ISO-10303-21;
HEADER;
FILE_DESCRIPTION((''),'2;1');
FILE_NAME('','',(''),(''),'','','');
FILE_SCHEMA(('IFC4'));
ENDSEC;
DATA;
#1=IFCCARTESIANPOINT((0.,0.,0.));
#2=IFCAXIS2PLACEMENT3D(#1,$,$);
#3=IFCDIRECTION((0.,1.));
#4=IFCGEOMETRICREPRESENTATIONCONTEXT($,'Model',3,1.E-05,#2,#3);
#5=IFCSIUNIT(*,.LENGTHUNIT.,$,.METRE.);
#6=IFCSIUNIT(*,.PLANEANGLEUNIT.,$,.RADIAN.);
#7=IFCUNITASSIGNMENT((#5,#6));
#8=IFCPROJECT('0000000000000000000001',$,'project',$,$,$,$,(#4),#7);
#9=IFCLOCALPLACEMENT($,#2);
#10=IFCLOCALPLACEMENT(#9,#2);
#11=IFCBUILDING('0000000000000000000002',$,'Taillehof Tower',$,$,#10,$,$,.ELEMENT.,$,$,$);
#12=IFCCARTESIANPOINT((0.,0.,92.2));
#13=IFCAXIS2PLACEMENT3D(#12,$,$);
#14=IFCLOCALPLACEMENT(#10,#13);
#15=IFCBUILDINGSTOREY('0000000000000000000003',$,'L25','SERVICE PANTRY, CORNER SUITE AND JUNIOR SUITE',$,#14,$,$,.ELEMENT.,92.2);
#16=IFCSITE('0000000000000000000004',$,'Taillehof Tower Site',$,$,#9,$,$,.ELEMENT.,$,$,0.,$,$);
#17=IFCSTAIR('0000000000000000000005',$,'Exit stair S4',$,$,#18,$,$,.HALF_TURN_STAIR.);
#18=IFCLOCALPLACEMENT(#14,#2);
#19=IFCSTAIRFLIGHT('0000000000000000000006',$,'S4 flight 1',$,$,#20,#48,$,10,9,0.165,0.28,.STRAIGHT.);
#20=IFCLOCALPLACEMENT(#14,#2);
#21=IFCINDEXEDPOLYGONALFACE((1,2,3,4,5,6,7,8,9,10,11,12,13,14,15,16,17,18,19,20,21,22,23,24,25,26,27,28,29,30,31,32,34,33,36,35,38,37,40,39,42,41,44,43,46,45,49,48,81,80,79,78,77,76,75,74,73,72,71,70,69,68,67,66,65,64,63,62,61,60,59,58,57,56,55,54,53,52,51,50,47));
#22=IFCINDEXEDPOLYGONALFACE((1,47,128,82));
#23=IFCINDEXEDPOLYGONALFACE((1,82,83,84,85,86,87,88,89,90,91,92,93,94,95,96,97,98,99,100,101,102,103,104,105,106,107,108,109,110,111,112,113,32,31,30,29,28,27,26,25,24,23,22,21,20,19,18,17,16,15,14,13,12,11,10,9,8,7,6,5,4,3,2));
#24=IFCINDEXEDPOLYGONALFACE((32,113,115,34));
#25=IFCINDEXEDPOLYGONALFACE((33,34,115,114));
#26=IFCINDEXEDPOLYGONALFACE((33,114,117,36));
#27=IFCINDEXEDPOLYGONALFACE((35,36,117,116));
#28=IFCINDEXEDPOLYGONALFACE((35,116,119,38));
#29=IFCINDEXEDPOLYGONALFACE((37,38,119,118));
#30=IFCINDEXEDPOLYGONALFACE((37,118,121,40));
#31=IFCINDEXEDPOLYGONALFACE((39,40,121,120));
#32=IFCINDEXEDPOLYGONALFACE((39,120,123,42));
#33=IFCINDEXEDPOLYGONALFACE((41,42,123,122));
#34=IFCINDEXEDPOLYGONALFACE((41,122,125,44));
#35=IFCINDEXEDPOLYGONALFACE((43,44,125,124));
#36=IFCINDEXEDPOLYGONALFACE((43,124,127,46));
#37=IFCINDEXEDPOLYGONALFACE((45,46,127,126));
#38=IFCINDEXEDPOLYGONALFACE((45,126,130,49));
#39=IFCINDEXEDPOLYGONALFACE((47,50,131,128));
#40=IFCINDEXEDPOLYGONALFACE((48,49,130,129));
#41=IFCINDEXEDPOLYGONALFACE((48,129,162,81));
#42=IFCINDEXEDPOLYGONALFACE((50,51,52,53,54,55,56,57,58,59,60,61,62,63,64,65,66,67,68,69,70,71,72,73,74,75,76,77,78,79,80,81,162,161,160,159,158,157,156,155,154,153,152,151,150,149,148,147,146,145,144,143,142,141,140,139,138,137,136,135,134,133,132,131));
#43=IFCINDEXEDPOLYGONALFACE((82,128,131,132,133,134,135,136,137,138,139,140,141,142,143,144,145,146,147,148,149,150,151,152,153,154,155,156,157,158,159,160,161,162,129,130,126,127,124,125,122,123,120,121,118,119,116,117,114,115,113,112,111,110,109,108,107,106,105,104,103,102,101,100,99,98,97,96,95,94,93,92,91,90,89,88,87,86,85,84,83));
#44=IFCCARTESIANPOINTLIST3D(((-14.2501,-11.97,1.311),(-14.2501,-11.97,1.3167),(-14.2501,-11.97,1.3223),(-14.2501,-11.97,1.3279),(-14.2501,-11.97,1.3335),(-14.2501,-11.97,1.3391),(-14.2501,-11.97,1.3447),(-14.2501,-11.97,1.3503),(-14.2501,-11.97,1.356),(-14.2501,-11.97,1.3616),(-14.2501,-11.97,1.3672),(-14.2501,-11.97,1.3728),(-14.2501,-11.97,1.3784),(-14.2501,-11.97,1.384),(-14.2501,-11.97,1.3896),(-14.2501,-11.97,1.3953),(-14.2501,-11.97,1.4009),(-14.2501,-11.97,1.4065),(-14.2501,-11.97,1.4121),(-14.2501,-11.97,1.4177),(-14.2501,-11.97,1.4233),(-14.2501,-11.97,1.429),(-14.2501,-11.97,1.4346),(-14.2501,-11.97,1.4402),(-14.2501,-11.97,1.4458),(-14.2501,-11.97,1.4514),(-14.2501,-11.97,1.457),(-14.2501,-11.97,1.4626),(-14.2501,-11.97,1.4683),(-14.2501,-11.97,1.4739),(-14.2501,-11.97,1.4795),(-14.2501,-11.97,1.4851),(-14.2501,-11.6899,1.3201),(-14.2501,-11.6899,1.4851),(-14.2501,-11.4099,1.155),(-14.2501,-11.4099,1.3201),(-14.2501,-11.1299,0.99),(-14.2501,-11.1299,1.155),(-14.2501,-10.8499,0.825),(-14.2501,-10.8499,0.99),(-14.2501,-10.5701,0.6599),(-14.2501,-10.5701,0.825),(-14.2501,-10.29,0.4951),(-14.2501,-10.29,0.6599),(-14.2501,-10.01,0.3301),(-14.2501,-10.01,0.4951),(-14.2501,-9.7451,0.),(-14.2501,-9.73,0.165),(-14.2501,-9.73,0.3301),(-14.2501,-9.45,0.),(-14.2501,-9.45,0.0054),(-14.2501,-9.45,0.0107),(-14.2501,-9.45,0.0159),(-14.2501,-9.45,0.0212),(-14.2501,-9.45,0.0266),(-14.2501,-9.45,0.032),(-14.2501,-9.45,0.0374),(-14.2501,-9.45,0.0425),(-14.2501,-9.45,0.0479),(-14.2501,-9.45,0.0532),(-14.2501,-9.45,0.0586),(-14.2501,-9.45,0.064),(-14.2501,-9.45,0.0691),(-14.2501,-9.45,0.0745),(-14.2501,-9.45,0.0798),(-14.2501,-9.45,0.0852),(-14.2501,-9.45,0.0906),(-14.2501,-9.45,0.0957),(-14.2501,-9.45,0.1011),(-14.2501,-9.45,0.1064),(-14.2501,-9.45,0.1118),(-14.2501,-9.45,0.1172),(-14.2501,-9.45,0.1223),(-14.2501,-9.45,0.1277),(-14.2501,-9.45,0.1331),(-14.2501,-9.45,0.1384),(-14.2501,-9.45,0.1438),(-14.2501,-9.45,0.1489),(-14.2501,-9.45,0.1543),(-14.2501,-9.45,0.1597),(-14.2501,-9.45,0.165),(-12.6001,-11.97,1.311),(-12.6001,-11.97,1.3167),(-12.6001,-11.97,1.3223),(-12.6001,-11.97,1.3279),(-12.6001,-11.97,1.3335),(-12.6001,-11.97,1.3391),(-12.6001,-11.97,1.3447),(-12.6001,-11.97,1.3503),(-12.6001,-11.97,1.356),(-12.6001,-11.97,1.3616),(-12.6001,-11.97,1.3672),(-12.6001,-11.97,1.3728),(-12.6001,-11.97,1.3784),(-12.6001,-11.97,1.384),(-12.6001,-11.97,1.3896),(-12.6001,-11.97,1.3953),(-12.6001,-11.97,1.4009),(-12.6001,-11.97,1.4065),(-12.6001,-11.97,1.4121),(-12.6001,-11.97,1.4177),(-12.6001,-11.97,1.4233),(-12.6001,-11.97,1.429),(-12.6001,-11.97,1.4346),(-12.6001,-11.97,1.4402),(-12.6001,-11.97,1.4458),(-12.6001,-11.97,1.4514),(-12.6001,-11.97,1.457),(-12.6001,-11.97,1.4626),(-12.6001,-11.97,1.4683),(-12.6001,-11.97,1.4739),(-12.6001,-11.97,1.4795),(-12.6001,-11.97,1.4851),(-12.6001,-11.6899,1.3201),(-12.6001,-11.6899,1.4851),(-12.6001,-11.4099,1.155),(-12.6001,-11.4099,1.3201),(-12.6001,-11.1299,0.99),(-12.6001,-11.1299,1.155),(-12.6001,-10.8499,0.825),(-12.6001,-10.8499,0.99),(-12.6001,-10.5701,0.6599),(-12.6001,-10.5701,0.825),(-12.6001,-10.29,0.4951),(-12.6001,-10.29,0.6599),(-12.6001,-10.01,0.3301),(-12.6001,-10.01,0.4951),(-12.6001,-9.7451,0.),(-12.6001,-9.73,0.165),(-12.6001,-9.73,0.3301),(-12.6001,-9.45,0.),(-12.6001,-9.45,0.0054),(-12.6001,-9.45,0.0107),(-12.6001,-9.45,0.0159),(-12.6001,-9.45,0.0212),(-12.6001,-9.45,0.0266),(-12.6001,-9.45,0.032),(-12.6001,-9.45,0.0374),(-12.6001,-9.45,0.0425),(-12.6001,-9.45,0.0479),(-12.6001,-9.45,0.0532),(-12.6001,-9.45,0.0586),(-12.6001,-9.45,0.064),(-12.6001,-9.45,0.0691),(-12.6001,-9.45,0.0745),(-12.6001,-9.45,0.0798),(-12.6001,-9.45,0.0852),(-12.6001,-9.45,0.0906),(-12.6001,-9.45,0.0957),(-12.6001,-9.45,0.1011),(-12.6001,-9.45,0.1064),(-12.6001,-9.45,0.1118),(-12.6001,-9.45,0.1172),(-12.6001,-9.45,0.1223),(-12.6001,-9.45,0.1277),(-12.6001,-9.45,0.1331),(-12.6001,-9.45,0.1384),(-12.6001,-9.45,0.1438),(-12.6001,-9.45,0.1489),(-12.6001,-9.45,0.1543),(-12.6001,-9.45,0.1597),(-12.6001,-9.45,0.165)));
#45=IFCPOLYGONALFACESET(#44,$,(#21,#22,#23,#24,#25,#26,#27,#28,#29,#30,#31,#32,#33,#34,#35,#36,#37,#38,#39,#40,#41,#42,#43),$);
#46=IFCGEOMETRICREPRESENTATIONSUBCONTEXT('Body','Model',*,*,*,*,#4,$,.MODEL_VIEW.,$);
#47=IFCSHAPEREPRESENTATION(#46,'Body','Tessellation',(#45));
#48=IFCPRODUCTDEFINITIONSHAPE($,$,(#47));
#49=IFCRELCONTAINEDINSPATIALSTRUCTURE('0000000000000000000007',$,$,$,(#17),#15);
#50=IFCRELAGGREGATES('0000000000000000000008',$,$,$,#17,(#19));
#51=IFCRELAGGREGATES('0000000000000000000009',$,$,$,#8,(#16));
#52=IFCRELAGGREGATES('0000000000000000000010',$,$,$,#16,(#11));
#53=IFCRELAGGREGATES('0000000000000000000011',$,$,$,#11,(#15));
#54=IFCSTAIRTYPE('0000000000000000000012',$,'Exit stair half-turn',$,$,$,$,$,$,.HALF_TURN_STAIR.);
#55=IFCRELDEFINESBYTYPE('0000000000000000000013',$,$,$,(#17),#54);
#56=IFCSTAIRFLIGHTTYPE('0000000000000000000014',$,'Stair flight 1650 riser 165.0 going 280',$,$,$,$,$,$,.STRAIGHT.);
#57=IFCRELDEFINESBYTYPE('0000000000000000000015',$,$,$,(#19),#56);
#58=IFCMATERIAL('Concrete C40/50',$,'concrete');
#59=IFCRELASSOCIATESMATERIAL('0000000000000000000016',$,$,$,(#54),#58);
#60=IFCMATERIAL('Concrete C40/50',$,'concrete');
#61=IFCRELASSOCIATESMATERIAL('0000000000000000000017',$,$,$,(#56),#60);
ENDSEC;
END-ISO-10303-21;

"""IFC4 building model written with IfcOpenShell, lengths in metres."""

from ifc_helpers import new_model, si_unit, direction, frame, origin, place, context, subcontext, project, spatial, polyline, outline, extrude, material, type_object, element, aggregate, save


model = new_model("IFC4")

# Units and contexts
model_context = context("Model", 3, precision=1e-05, world=origin(), true_north=direction((0.0, 1.0)))
body_context = subcontext(model_context, "Body", "Model", "MODEL_VIEW")
ifc_project = project(units=[si_unit("LENGTHUNIT", "METRE"), si_unit("PLANEANGLEUNIT", "RADIAN")], contexts=[model_context])

# Site, building, storey
site_placement = place(None, origin())
site = spatial("IfcSite", under=ifc_project, at=site_placement, Name="Taillehof Tower Site", CompositionType="ELEMENT", RefElevation=0.0)
building_placement = place(site_placement, origin())
building = spatial("IfcBuilding", under=site, at=building_placement, Name="Taillehof Tower", CompositionType="ELEMENT")
storey_placement = place(building_placement, frame((0.0, 0.0, 92.2)))
storey = spatial("IfcBuildingStorey", under=building, at=storey_placement, Name="L25", Description="SERVICE PANTRY, CORNER SUITE AND JUNIOR SUITE", CompositionType="ELEMENT", Elevation=92.2)

# Stair, stair flight
ifc_material_1 = material(Name="Concrete C40/50", Category="concrete")
stair_type = type_object("IfcStairType", Name="Exit stair half-turn", PredefinedType="HALF_TURN_STAIR", material=ifc_material_1)
stair_placement = place(storey_placement, origin())
stair = element("IfcStair", 1, at=stair_placement, inside=storey, type_object=stair_type, Name="Exit stair S4", PredefinedType="HALF_TURN_STAIR")
ifc_material_2 = material(Name="Concrete C40/50", Category="concrete")
stair_flight_type = type_object("IfcStairFlightType", Name="Stair flight 1650 riser 165.0 going 280", PredefinedType="STRAIGHT", material=ifc_material_2)
stair_flight_placement = place(storey_placement, frame((-13.425, -9.45, 0.0), z_axis=(0.0, 0.0, 1.0), x_axis=(0.0, -1.0, 0.0)))
stair_flight = element("IfcStairFlight", 2, at=stair_flight_placement, type_object=stair_flight_type, Name="S4 flight 1", NumberOfRisers=10, NumberOfTreads=9, PredefinedType="STRAIGHT", RiserHeight=0.165, TreadLength=0.28, context=body_context, shape_type="SweptSolid", body=[
    extrude(outline(polyline([(0.0, 0.0), (0.0, 0.0054), (0.0, 0.0107), (0.0, 0.0159), (0.0, 0.0212), (0.0, 0.0266), (0.0, 0.032), (0.0, 0.0374), (0.0, 0.0425), (0.0, 0.0479), (0.0, 0.0532), (0.0, 0.0586), (0.0, 0.064), (0.0, 0.0691), (0.0, 0.0745), (0.0, 0.0798), (0.0, 0.0852), (0.0, 0.0906), (0.0, 0.0957), (0.0, 0.1011), (0.0, 0.1064), (0.0, 0.1118), (0.0, 0.1172), (0.0, 0.1223), (0.0, 0.1277), (0.0, 0.1331), (0.0, 0.1384), (0.0, 0.1438), (0.0, 0.1489), (0.0, 0.1543), (0.0, 0.1597), (0.0, 0.165), (0.28, 0.165), (0.28, 0.3301), (0.5601, 0.3301), (0.5601, 0.4951), (0.8401, 0.4951), (0.8401, 0.6599), (1.1201, 0.6599), (1.1201, 0.825), (1.3999, 0.825), (1.3999, 0.99), (1.6799, 0.99), (1.6799, 1.155), (1.96, 1.155), (1.96, 1.3201), (2.24, 1.3201), (2.24, 1.4851), (2.52, 1.4851), (2.52, 1.4795), (2.52, 1.4739), (2.52, 1.4683), (2.52, 1.4626), (2.52, 1.457), (2.52, 1.4514), (2.52, 1.4458), (2.52, 1.4402), (2.52, 1.4346), (2.52, 1.429), (2.52, 1.4233), (2.52, 1.4177), (2.52, 1.4121), (2.52, 1.4065), (2.52, 1.4009), (2.52, 1.3953), (2.52, 1.3896), (2.52, 1.384), (2.52, 1.3784), (2.52, 1.3728), (2.52, 1.3672), (2.52, 1.3616), (2.52, 1.356), (2.52, 1.3503), (2.52, 1.3447), (2.52, 1.3391), (2.52, 1.3335), (2.52, 1.3279), (2.52, 1.3223), (2.52, 1.3167), (2.52, 1.311), (0.2952, 0.0), (0.0, 0.0)])), frame((0.0, 0.825, 0.0), z_axis=(0.0, -1.0, 0.0), x_axis=(1.0, 0.0, 0.0)), (0.0, 0.0, 1.0), 1.65),
])
aggregate(stair, [stair_flight])

save(model, "model.ifc")
